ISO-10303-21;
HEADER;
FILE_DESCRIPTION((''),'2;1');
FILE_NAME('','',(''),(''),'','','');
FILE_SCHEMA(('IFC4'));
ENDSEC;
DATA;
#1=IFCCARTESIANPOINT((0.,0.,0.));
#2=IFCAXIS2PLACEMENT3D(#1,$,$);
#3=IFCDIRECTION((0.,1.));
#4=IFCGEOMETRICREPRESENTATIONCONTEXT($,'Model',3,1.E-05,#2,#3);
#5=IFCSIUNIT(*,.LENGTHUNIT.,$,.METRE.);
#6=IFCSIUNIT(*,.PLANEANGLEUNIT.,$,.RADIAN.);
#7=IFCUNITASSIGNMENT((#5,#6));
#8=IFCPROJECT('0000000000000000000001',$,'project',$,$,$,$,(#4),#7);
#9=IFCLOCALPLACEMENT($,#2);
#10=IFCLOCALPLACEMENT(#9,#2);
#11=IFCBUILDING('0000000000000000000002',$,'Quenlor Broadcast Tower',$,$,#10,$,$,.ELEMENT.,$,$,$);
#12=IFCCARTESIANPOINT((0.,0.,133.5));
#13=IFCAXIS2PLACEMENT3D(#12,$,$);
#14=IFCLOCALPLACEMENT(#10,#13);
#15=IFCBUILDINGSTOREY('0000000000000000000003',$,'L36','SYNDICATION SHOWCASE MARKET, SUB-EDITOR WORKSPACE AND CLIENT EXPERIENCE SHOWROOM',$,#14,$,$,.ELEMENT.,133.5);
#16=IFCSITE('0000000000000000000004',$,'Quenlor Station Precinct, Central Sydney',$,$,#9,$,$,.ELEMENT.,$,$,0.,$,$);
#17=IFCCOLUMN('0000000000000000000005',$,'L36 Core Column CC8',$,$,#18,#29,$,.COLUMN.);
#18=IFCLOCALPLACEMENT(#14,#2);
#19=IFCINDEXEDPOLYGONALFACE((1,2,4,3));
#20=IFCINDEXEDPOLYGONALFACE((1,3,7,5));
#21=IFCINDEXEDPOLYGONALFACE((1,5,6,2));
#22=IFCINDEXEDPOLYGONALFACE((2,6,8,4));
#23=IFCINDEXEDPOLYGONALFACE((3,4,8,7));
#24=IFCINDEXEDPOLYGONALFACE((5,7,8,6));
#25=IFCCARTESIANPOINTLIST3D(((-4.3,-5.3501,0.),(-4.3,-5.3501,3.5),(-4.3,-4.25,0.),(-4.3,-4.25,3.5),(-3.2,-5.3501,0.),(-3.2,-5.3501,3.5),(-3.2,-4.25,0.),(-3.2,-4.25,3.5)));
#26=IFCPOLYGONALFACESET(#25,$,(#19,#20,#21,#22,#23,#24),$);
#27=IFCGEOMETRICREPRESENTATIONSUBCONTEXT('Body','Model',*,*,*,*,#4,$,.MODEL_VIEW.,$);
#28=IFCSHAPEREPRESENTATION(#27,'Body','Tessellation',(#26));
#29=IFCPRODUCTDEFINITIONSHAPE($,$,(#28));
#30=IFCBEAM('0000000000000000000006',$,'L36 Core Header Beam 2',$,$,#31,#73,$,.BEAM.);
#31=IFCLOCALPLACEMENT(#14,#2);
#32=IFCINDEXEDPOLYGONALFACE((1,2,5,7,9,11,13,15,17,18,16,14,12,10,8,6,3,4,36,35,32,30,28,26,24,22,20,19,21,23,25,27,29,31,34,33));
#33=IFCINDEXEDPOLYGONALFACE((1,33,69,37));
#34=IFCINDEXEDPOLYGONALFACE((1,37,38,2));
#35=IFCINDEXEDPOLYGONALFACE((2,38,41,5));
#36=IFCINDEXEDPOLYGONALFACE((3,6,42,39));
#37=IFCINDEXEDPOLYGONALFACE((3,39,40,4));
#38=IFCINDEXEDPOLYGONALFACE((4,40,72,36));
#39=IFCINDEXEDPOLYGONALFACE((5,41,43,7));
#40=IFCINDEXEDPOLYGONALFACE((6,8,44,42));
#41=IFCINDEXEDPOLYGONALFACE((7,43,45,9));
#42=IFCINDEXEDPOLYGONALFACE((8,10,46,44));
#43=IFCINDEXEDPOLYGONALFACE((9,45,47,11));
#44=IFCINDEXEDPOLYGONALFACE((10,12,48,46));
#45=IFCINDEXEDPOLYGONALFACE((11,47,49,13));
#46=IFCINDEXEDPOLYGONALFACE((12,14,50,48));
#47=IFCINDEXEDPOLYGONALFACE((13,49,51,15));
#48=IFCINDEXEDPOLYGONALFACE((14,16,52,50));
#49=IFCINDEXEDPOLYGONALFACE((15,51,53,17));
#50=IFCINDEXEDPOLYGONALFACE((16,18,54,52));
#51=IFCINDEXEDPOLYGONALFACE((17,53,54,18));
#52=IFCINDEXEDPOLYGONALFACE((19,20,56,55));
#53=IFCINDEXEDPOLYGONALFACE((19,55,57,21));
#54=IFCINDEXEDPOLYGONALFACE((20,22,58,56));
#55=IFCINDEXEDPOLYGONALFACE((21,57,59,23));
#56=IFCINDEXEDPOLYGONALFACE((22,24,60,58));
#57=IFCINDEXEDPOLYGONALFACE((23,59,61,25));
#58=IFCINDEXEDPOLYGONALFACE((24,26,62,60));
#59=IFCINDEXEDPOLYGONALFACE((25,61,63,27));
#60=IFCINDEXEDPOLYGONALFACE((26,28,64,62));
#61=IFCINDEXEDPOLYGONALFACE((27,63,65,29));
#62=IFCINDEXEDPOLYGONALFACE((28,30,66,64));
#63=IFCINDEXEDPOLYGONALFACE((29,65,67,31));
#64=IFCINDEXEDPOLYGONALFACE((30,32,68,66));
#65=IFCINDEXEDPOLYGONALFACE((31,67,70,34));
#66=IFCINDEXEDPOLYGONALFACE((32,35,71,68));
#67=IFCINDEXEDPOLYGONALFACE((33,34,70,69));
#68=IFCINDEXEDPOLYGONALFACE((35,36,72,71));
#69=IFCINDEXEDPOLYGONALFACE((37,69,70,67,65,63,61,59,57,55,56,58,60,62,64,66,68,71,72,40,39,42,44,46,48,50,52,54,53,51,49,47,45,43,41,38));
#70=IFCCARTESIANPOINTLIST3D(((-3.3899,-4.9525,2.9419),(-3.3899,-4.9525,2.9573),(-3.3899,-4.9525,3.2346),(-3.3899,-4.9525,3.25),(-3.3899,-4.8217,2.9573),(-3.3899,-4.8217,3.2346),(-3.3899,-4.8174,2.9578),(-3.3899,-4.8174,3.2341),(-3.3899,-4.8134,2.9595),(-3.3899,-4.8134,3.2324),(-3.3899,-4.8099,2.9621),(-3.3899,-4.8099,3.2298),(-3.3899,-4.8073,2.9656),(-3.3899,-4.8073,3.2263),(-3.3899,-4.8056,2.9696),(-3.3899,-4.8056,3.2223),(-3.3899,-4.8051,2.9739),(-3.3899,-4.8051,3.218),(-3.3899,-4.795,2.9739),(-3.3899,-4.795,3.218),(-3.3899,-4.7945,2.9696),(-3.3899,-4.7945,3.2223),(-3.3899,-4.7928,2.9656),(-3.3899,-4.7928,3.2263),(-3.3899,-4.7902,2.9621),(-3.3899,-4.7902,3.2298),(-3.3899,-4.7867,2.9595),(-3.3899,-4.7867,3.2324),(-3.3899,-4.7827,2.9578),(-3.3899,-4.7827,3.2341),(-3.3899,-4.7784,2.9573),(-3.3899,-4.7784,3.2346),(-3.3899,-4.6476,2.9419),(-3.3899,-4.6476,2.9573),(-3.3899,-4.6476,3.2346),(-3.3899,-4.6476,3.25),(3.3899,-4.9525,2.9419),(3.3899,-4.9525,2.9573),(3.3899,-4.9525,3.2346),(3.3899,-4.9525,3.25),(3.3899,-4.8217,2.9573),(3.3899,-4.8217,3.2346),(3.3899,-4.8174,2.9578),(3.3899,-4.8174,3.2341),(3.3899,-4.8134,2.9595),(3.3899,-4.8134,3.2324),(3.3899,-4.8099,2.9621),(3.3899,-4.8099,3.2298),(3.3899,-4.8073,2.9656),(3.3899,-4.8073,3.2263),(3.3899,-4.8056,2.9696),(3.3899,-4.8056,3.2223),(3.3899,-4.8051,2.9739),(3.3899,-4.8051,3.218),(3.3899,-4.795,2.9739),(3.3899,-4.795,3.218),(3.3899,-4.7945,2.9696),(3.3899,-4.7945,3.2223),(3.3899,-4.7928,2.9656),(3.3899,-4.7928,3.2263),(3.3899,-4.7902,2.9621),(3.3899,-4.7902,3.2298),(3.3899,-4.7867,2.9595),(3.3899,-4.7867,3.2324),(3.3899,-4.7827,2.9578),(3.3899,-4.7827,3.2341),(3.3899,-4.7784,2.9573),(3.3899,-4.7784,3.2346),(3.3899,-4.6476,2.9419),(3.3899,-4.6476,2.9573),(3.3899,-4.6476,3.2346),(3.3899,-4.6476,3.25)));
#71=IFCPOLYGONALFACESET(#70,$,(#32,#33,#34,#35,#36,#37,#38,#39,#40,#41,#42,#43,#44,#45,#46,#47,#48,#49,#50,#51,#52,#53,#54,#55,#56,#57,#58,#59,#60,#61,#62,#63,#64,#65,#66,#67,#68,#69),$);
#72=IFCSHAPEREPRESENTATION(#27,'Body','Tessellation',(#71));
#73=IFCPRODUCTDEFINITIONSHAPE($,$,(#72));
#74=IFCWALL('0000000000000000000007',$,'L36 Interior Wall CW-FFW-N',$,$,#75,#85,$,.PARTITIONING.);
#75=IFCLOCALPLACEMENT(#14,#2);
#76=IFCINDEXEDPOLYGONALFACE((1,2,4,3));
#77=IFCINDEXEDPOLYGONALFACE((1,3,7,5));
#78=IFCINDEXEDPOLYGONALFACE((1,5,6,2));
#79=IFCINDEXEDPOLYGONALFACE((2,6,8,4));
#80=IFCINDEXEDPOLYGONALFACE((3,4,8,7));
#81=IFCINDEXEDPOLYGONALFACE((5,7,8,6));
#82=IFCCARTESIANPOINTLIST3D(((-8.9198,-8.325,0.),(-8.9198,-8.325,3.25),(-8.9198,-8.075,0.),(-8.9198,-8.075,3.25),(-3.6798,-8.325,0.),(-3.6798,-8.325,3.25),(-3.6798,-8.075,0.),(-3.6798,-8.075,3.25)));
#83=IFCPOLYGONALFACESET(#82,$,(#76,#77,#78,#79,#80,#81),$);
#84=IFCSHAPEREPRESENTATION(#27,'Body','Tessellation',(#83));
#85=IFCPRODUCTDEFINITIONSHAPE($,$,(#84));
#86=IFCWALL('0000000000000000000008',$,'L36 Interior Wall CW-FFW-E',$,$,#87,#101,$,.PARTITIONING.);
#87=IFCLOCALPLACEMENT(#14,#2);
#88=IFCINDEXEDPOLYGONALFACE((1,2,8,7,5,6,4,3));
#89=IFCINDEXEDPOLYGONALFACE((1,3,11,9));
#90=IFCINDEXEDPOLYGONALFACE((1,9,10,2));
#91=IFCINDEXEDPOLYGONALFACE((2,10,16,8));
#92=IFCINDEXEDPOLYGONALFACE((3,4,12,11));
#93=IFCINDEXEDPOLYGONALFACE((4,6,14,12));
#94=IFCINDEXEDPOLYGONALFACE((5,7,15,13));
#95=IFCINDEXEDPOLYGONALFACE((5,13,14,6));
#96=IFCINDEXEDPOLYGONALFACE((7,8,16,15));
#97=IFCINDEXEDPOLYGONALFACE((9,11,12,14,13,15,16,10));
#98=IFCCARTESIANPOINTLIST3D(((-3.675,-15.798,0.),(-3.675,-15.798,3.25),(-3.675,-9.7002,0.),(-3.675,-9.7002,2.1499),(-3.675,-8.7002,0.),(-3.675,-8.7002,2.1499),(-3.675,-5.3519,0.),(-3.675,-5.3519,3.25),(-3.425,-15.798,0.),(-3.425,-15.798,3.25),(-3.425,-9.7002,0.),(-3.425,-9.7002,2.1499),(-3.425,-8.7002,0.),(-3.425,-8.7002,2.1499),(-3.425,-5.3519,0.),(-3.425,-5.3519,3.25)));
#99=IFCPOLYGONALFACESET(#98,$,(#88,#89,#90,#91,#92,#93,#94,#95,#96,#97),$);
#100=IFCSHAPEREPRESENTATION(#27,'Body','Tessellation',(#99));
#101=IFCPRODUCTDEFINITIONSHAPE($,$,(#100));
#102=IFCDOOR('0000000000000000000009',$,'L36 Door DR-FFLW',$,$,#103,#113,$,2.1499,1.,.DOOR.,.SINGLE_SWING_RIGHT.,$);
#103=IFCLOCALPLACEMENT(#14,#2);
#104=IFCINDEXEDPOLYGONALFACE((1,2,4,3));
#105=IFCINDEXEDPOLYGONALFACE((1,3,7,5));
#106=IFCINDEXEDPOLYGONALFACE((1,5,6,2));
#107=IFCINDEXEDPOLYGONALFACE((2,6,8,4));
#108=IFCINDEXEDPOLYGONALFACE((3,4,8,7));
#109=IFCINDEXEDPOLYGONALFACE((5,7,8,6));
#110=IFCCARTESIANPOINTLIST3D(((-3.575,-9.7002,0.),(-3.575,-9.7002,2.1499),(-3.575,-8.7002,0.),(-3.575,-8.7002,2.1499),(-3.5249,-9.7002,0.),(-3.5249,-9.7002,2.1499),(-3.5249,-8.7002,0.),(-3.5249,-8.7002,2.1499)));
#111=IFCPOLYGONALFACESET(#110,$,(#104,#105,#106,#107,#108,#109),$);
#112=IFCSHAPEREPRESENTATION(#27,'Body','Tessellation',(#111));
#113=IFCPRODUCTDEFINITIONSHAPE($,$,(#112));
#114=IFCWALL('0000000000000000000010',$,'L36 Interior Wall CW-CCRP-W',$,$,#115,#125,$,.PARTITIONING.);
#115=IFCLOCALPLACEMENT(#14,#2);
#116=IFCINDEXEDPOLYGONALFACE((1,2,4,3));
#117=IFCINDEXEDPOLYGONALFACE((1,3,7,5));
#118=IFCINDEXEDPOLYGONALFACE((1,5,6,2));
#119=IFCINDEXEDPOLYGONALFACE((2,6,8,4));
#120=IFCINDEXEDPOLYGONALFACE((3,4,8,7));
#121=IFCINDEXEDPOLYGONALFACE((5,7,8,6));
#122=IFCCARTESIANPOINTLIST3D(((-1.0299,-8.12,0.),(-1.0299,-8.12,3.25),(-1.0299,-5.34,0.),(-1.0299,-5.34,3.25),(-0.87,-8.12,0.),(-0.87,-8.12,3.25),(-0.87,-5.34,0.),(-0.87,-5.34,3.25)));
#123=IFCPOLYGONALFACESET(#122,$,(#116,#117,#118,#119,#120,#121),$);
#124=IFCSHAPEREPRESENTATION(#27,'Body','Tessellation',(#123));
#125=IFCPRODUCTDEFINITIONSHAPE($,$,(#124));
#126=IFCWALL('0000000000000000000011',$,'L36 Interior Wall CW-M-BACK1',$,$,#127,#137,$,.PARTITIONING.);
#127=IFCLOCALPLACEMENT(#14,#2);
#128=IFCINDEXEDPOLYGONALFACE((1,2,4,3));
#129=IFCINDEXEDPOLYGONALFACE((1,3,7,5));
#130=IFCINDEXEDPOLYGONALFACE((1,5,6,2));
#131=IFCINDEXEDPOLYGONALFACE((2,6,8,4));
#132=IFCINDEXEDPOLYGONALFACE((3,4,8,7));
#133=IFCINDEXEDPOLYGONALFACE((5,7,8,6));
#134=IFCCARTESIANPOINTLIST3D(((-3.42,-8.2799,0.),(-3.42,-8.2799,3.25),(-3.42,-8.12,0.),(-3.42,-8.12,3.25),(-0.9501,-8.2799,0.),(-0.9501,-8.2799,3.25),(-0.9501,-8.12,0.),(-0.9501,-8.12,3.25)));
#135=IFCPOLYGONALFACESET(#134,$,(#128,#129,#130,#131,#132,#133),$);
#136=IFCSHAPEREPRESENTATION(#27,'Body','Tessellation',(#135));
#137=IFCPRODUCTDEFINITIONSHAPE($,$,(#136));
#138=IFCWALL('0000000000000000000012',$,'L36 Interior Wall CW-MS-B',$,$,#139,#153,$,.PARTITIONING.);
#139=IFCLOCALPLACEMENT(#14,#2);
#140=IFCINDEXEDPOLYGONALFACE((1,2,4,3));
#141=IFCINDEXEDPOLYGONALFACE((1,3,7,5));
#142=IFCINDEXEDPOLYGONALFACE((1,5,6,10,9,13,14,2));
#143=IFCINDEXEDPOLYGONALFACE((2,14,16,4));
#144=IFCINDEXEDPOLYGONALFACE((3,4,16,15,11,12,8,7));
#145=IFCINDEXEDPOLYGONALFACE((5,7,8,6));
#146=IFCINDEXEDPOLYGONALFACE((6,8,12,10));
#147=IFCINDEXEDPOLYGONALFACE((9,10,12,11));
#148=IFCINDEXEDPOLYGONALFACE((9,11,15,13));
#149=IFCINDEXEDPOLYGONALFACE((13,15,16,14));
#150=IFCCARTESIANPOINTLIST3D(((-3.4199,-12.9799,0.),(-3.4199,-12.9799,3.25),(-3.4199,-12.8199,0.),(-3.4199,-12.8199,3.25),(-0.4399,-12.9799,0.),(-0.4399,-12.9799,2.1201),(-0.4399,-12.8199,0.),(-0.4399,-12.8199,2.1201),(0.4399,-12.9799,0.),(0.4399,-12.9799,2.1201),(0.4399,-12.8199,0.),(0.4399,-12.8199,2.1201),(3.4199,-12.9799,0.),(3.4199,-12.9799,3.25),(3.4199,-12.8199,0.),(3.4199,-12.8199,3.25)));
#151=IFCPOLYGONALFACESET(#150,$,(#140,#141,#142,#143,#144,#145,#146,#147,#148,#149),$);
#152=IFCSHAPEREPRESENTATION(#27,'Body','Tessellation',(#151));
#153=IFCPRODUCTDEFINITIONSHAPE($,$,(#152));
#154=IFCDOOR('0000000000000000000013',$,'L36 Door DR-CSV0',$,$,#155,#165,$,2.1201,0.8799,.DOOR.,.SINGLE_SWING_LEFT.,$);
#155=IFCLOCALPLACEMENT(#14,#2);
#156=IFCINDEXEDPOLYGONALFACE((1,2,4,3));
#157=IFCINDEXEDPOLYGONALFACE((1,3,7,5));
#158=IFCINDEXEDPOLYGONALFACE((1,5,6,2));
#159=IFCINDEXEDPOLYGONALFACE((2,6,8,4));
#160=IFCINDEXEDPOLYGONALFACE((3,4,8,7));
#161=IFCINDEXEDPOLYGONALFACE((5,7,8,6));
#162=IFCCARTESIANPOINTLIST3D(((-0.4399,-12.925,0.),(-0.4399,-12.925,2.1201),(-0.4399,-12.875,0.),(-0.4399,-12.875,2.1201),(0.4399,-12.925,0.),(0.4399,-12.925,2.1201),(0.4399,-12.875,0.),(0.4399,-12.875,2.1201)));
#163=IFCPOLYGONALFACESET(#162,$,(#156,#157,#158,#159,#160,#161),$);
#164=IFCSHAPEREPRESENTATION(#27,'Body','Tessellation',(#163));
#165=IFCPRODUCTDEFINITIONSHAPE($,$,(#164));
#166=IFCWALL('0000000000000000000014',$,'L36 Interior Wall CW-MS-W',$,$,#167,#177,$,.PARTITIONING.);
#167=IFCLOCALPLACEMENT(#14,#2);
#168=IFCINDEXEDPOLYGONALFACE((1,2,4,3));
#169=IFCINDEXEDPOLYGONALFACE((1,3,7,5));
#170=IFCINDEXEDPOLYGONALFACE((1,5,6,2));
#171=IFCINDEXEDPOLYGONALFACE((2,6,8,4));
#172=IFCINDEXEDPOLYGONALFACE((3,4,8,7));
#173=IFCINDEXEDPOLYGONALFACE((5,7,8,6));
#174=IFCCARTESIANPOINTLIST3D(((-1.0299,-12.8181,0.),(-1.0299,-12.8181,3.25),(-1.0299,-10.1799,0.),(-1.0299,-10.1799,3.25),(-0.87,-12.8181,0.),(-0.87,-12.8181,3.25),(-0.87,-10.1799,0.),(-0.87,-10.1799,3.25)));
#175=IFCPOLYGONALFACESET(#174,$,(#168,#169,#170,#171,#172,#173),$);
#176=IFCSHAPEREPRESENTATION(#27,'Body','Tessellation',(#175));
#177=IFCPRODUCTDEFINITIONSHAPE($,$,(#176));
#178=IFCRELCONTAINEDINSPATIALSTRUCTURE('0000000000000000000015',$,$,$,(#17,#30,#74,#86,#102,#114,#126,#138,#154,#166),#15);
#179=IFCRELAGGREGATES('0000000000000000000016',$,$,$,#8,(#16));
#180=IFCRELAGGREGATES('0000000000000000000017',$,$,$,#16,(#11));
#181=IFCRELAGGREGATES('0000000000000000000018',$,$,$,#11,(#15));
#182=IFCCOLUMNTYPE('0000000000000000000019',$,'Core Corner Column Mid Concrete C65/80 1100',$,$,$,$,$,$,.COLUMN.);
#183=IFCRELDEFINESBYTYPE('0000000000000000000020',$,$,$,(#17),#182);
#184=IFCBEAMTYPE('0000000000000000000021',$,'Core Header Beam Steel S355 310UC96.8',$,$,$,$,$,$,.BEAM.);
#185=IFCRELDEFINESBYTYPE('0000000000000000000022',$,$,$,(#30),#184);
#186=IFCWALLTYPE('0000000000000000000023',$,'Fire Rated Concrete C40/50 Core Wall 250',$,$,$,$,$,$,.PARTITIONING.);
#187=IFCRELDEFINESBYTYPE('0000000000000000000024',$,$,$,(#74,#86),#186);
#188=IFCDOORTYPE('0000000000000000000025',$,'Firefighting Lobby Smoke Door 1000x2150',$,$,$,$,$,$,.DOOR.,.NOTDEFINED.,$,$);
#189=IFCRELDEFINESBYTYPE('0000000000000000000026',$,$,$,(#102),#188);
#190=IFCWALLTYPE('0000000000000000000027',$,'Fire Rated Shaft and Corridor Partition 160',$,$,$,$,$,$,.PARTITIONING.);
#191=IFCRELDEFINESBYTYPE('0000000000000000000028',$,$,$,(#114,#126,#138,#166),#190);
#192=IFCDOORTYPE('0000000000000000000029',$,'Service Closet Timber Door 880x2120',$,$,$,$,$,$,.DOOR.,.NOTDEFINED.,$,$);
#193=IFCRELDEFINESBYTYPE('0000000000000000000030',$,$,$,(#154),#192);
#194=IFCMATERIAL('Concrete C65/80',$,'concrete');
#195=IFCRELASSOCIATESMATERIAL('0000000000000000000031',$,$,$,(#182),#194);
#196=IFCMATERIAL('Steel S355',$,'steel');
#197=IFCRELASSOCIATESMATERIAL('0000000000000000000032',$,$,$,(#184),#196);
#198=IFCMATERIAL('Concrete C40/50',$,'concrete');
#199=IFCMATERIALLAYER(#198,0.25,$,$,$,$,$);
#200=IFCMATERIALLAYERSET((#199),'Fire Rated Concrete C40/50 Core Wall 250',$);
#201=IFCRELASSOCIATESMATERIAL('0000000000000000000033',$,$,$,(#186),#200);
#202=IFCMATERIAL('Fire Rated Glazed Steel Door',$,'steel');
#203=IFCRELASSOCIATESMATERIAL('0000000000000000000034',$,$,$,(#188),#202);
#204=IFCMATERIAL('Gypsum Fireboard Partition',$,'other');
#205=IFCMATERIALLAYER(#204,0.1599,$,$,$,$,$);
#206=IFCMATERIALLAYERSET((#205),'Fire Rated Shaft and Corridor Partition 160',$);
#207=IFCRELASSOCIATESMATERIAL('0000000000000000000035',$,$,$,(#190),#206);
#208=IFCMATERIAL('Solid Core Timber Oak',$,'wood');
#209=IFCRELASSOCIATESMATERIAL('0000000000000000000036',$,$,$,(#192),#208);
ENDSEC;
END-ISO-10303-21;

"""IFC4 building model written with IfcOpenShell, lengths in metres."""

from ifc_helpers import new_model, si_unit, direction, frame, frame_2d, origin, origin_2d, place, context, subcontext, project, spatial, rectangle, i_section, extrude, material, layer, layer_set, material_profile, profile_set, type_object, element, fill, save


model = new_model("IFC4")

# Units and contexts
model_context = context("Model", 3, precision=1e-05, world=origin(), true_north=direction((0.0, 1.0)))
body_context = subcontext(model_context, "Body", "Model", "MODEL_VIEW")
ifc_project = project(units=[si_unit("LENGTHUNIT", "METRE"), si_unit("PLANEANGLEUNIT", "RADIAN")], contexts=[model_context])

# Site, building, storey
site_placement = place(None, origin())
site = spatial("IfcSite", under=ifc_project, at=site_placement, Name="Quenlor Station Precinct, Central Sydney", CompositionType="ELEMENT", RefElevation=0.0)
building_placement = place(site_placement, origin())
building = spatial("IfcBuilding", under=site, at=building_placement, Name="Quenlor Broadcast Tower", CompositionType="ELEMENT")
storey_placement = place(building_placement, frame((0.0, 0.0, 133.5)))
storey = spatial("IfcBuildingStorey", under=building, at=storey_placement, Name="L36", Description="SYNDICATION SHOWCASE MARKET, SUB-EDITOR WORKSPACE AND CLIENT EXPERIENCE SHOWROOM", CompositionType="ELEMENT", Elevation=133.5)

# Column
ifc_material_1 = material(Name="Concrete C65/80", Category="concrete")
ifc_material_profile_1 = material_profile(ifc_material_1, rectangle(XDim=1.1001, YDim=1.1001, at=origin_2d()))
ifc_profile_set_1 = profile_set([ifc_material_profile_1], Name="Concrete C65/80 RC1100x1100")
column_type = type_object("IfcColumnType", Name="Core Corner Column Mid Concrete C65/80 1100", PredefinedType="COLUMN", material=ifc_profile_set_1)
column_placement = place(storey_placement, frame((-3.75, -4.8, 0.0), z_axis=(0.0, 0.0, 1.0), x_axis=(1.0, 0.0, 0.0)))
element("IfcColumn", 1, at=column_placement, inside=storey, type_object=column_type, Name="L36 Core Column CC8", PredefinedType="COLUMN", context=body_context, shape_type="SweptSolid", body=[
    extrude(rectangle(XDim=1.1001, YDim=1.1001, at=origin_2d()), origin(), (0.0, 0.0, 1.0), 3.5),
])

# Beam
ifc_material_2 = material(Name="Steel S355", Category="steel")
ifc_material_profile_2 = material_profile(ifc_material_2, i_section(OverallWidth=0.3049, OverallDepth=0.3081, WebThickness=0.01, FlangeThickness=0.0154, FilletRadius=0.0166, at=origin_2d()))
ifc_profile_set_2 = profile_set([ifc_material_profile_2], Name="Steel S355 310UC96.8")
beam_type = type_object("IfcBeamType", Name="Core Header Beam Steel S355 310UC96.8", PredefinedType="BEAM", material=ifc_profile_set_2)
beam_placement = place(storey_placement, frame((-3.3899, -4.8, 3.0959), z_axis=(1.0, 0.0, 0.0), x_axis=(0.0, 1.0, 0.0)))
element("IfcBeam", 2, at=beam_placement, inside=storey, type_object=beam_type, Name="L36 Core Header Beam 2", PredefinedType="BEAM", context=body_context, shape_type="SweptSolid", body=[
    extrude(i_section(OverallWidth=0.3049, OverallDepth=0.3081, WebThickness=0.01, FlangeThickness=0.0154, FilletRadius=0.0166, at=origin_2d()), origin(), (0.0, 0.0, 1.0), 6.7798),
])

# Shared definitions
ifc_material_3 = material(Name="Concrete C40/50", Category="concrete")
ifc_layer_1 = layer(ifc_material_3, 0.25)
ifc_layer_set_1 = layer_set([ifc_layer_1], Name="Fire Rated Concrete C40/50 Core Wall 250")
wall_type_1 = type_object("IfcWallType", Name="Fire Rated Concrete C40/50 Core Wall 250", PredefinedType="PARTITIONING", material=ifc_layer_set_1)

# Wall
wall_1_placement = place(storey_placement, frame((-8.9199, -8.2, 0.0), z_axis=(0.0, 0.0, 1.0), x_axis=(1.0, 0.0, 0.0)))
element("IfcWall", 3, at=wall_1_placement, inside=storey, type_object=wall_type_1, Name="L36 Interior Wall CW-FFW-N", PredefinedType="PARTITIONING", context=body_context, shape_type="SweptSolid", body=[
    extrude(rectangle(XDim=5.24, YDim=0.25, at=frame_2d((2.6201, 0.0))), origin(), (0.0, 0.0, 1.0), 3.25),
])

# Wall, opening, door
wall_2_placement = place(storey_placement, frame((-3.55, -15.7981, 0.0), z_axis=(0.0, 0.0, 1.0), x_axis=(0.0, 1.0, 0.0)))
wall_2 = element("IfcWall", 4, at=wall_2_placement, inside=storey, type_object=wall_type_1, Name="L36 Interior Wall CW-FFW-E", PredefinedType="PARTITIONING", context=body_context, shape_type="SweptSolid", body=[
    extrude(rectangle(XDim=10.446, YDim=0.25, at=frame_2d((5.2231, 0.0))), origin(), (0.0, 0.0, 1.0), 3.25),
])
opening_1_placement = place(wall_2_placement, frame((6.0979, 0.0, 0.0)))
opening_1 = element("IfcOpeningElement", 5, at=opening_1_placement, cuts=wall_2, PredefinedType="OPENING", context=body_context, shape_type="SweptSolid", body=[
    extrude(rectangle(XDim=1.0, YDim=2.1499, at=frame_2d((0.5, 1.075))), frame((0.0, 0.135, 0.0), z_axis=(0.0, -1.0, 0.0), x_axis=(1.0, 0.0, 0.0)), (0.0, 0.0, 1.0), 0.27),
])
ifc_material_4 = material(Name="Fire Rated Glazed Steel Door", Category="steel")
door_type_1 = type_object("IfcDoorType", Name="Firefighting Lobby Smoke Door 1000x2150", OperationType="NOTDEFINED", PredefinedType="DOOR", material=ifc_material_4)
door_1_placement = place(opening_1_placement, origin())
door_1 = element("IfcDoor", 6, at=door_1_placement, inside=storey, type_object=door_type_1, Name="L36 Door DR-FFLW", OperationType="SINGLE_SWING_RIGHT", OverallHeight=2.1499, OverallWidth=1.0, PredefinedType="DOOR", context=body_context, shape_type="SweptSolid", body=[
    extrude(rectangle(XDim=1.0, YDim=2.1499, at=frame_2d((0.5, 1.075))), frame((0.0, 0.0249, 0.0), z_axis=(0.0, -1.0, 0.0), x_axis=(1.0, 0.0, 0.0)), (0.0, 0.0, 1.0), 0.05),
])
fill(opening_1, door_1)

# Walls
ifc_material_5 = material(Name="Gypsum Fireboard Partition", Category="other")
ifc_layer_2 = layer(ifc_material_5, 0.1599)
ifc_layer_set_2 = layer_set([ifc_layer_2], Name="Fire Rated Shaft and Corridor Partition 160")
wall_type_2 = type_object("IfcWallType", Name="Fire Rated Shaft and Corridor Partition 160", PredefinedType="PARTITIONING", material=ifc_layer_set_2)
wall_3_placement = place(storey_placement, frame((-0.95, -8.1201, 0.0), z_axis=(0.0, 0.0, 1.0), x_axis=(0.0, 1.0, 0.0)))
element("IfcWall", 7, at=wall_3_placement, inside=storey, type_object=wall_type_2, Name="L36 Interior Wall CW-CCRP-W", PredefinedType="PARTITIONING", context=body_context, shape_type="SweptSolid", body=[
    extrude(rectangle(XDim=2.78, YDim=0.1599, at=frame_2d((1.3901, 0.0))), origin(), (0.0, 0.0, 1.0), 3.25),
])
wall_4_placement = place(storey_placement, frame((-3.4199, -8.2, 0.0), z_axis=(0.0, 0.0, 1.0), x_axis=(1.0, 0.0, 0.0)))
element("IfcWall", 8, at=wall_4_placement, inside=storey, type_object=wall_type_2, Name="L36 Interior Wall CW-M-BACK1", PredefinedType="PARTITIONING", context=body_context, shape_type="SweptSolid", body=[
    extrude(rectangle(XDim=2.47, YDim=0.1599, at=frame_2d((1.2349, 0.0))), origin(), (0.0, 0.0, 1.0), 3.25),
])

# Wall, opening, door
wall_5_placement = place(storey_placement, frame((-3.4199, -12.8999, 0.0), z_axis=(0.0, 0.0, 1.0), x_axis=(1.0, 0.0, 0.0)))
wall_5 = element("IfcWall", 9, at=wall_5_placement, inside=storey, type_object=wall_type_2, Name="L36 Interior Wall CW-MS-B", PredefinedType="PARTITIONING", context=body_context, shape_type="SweptSolid", body=[
    extrude(rectangle(XDim=6.8398, YDim=0.1599, at=frame_2d((3.4199, 0.0))), origin(), (0.0, 0.0, 1.0), 3.25),
])
opening_2_placement = place(wall_5_placement, frame((2.98, 0.0, 0.0)))
opening_2 = element("IfcOpeningElement", 10, at=opening_2_placement, cuts=wall_5, PredefinedType="OPENING", context=body_context, shape_type="SweptSolid", body=[
    extrude(rectangle(XDim=0.8799, YDim=2.1201, at=frame_2d((0.4399, 1.0601))), frame((0.0, 0.0898, 0.0), z_axis=(0.0, -1.0, 0.0), x_axis=(1.0, 0.0, 0.0)), (0.0, 0.0, 1.0), 0.1799),
])
ifc_material_6 = material(Name="Solid Core Timber Oak", Category="wood")
door_type_2 = type_object("IfcDoorType", Name="Service Closet Timber Door 880x2120", OperationType="NOTDEFINED", PredefinedType="DOOR", material=ifc_material_6)
door_2_placement = place(opening_2_placement, origin())
door_2 = element("IfcDoor", 11, at=door_2_placement, inside=storey, type_object=door_type_2, Name="L36 Door DR-CSV0", OperationType="SINGLE_SWING_LEFT", OverallHeight=2.1201, OverallWidth=0.8799, PredefinedType="DOOR", context=body_context, shape_type="SweptSolid", body=[
    extrude(rectangle(XDim=0.8799, YDim=2.1201, at=frame_2d((0.4399, 1.0601))), frame((0.0, 0.0249, 0.0), z_axis=(0.0, -1.0, 0.0), x_axis=(1.0, 0.0, 0.0)), (0.0, 0.0, 1.0), 0.05),
])
fill(opening_2, door_2)

# Wall
wall_6_placement = place(storey_placement, frame((-0.95, -12.8181, 0.0), z_axis=(0.0, 0.0, 1.0), x_axis=(0.0, 1.0, 0.0)))
element("IfcWall", 12, at=wall_6_placement, inside=storey, type_object=wall_type_2, Name="L36 Interior Wall CW-MS-W", PredefinedType="PARTITIONING", context=body_context, shape_type="SweptSolid", body=[
    extrude(rectangle(XDim=2.6382, YDim=0.1599, at=frame_2d((1.3191, 0.0))), origin(), (0.0, 0.0, 1.0), 3.25),
])

save(model, "model.ifc")
